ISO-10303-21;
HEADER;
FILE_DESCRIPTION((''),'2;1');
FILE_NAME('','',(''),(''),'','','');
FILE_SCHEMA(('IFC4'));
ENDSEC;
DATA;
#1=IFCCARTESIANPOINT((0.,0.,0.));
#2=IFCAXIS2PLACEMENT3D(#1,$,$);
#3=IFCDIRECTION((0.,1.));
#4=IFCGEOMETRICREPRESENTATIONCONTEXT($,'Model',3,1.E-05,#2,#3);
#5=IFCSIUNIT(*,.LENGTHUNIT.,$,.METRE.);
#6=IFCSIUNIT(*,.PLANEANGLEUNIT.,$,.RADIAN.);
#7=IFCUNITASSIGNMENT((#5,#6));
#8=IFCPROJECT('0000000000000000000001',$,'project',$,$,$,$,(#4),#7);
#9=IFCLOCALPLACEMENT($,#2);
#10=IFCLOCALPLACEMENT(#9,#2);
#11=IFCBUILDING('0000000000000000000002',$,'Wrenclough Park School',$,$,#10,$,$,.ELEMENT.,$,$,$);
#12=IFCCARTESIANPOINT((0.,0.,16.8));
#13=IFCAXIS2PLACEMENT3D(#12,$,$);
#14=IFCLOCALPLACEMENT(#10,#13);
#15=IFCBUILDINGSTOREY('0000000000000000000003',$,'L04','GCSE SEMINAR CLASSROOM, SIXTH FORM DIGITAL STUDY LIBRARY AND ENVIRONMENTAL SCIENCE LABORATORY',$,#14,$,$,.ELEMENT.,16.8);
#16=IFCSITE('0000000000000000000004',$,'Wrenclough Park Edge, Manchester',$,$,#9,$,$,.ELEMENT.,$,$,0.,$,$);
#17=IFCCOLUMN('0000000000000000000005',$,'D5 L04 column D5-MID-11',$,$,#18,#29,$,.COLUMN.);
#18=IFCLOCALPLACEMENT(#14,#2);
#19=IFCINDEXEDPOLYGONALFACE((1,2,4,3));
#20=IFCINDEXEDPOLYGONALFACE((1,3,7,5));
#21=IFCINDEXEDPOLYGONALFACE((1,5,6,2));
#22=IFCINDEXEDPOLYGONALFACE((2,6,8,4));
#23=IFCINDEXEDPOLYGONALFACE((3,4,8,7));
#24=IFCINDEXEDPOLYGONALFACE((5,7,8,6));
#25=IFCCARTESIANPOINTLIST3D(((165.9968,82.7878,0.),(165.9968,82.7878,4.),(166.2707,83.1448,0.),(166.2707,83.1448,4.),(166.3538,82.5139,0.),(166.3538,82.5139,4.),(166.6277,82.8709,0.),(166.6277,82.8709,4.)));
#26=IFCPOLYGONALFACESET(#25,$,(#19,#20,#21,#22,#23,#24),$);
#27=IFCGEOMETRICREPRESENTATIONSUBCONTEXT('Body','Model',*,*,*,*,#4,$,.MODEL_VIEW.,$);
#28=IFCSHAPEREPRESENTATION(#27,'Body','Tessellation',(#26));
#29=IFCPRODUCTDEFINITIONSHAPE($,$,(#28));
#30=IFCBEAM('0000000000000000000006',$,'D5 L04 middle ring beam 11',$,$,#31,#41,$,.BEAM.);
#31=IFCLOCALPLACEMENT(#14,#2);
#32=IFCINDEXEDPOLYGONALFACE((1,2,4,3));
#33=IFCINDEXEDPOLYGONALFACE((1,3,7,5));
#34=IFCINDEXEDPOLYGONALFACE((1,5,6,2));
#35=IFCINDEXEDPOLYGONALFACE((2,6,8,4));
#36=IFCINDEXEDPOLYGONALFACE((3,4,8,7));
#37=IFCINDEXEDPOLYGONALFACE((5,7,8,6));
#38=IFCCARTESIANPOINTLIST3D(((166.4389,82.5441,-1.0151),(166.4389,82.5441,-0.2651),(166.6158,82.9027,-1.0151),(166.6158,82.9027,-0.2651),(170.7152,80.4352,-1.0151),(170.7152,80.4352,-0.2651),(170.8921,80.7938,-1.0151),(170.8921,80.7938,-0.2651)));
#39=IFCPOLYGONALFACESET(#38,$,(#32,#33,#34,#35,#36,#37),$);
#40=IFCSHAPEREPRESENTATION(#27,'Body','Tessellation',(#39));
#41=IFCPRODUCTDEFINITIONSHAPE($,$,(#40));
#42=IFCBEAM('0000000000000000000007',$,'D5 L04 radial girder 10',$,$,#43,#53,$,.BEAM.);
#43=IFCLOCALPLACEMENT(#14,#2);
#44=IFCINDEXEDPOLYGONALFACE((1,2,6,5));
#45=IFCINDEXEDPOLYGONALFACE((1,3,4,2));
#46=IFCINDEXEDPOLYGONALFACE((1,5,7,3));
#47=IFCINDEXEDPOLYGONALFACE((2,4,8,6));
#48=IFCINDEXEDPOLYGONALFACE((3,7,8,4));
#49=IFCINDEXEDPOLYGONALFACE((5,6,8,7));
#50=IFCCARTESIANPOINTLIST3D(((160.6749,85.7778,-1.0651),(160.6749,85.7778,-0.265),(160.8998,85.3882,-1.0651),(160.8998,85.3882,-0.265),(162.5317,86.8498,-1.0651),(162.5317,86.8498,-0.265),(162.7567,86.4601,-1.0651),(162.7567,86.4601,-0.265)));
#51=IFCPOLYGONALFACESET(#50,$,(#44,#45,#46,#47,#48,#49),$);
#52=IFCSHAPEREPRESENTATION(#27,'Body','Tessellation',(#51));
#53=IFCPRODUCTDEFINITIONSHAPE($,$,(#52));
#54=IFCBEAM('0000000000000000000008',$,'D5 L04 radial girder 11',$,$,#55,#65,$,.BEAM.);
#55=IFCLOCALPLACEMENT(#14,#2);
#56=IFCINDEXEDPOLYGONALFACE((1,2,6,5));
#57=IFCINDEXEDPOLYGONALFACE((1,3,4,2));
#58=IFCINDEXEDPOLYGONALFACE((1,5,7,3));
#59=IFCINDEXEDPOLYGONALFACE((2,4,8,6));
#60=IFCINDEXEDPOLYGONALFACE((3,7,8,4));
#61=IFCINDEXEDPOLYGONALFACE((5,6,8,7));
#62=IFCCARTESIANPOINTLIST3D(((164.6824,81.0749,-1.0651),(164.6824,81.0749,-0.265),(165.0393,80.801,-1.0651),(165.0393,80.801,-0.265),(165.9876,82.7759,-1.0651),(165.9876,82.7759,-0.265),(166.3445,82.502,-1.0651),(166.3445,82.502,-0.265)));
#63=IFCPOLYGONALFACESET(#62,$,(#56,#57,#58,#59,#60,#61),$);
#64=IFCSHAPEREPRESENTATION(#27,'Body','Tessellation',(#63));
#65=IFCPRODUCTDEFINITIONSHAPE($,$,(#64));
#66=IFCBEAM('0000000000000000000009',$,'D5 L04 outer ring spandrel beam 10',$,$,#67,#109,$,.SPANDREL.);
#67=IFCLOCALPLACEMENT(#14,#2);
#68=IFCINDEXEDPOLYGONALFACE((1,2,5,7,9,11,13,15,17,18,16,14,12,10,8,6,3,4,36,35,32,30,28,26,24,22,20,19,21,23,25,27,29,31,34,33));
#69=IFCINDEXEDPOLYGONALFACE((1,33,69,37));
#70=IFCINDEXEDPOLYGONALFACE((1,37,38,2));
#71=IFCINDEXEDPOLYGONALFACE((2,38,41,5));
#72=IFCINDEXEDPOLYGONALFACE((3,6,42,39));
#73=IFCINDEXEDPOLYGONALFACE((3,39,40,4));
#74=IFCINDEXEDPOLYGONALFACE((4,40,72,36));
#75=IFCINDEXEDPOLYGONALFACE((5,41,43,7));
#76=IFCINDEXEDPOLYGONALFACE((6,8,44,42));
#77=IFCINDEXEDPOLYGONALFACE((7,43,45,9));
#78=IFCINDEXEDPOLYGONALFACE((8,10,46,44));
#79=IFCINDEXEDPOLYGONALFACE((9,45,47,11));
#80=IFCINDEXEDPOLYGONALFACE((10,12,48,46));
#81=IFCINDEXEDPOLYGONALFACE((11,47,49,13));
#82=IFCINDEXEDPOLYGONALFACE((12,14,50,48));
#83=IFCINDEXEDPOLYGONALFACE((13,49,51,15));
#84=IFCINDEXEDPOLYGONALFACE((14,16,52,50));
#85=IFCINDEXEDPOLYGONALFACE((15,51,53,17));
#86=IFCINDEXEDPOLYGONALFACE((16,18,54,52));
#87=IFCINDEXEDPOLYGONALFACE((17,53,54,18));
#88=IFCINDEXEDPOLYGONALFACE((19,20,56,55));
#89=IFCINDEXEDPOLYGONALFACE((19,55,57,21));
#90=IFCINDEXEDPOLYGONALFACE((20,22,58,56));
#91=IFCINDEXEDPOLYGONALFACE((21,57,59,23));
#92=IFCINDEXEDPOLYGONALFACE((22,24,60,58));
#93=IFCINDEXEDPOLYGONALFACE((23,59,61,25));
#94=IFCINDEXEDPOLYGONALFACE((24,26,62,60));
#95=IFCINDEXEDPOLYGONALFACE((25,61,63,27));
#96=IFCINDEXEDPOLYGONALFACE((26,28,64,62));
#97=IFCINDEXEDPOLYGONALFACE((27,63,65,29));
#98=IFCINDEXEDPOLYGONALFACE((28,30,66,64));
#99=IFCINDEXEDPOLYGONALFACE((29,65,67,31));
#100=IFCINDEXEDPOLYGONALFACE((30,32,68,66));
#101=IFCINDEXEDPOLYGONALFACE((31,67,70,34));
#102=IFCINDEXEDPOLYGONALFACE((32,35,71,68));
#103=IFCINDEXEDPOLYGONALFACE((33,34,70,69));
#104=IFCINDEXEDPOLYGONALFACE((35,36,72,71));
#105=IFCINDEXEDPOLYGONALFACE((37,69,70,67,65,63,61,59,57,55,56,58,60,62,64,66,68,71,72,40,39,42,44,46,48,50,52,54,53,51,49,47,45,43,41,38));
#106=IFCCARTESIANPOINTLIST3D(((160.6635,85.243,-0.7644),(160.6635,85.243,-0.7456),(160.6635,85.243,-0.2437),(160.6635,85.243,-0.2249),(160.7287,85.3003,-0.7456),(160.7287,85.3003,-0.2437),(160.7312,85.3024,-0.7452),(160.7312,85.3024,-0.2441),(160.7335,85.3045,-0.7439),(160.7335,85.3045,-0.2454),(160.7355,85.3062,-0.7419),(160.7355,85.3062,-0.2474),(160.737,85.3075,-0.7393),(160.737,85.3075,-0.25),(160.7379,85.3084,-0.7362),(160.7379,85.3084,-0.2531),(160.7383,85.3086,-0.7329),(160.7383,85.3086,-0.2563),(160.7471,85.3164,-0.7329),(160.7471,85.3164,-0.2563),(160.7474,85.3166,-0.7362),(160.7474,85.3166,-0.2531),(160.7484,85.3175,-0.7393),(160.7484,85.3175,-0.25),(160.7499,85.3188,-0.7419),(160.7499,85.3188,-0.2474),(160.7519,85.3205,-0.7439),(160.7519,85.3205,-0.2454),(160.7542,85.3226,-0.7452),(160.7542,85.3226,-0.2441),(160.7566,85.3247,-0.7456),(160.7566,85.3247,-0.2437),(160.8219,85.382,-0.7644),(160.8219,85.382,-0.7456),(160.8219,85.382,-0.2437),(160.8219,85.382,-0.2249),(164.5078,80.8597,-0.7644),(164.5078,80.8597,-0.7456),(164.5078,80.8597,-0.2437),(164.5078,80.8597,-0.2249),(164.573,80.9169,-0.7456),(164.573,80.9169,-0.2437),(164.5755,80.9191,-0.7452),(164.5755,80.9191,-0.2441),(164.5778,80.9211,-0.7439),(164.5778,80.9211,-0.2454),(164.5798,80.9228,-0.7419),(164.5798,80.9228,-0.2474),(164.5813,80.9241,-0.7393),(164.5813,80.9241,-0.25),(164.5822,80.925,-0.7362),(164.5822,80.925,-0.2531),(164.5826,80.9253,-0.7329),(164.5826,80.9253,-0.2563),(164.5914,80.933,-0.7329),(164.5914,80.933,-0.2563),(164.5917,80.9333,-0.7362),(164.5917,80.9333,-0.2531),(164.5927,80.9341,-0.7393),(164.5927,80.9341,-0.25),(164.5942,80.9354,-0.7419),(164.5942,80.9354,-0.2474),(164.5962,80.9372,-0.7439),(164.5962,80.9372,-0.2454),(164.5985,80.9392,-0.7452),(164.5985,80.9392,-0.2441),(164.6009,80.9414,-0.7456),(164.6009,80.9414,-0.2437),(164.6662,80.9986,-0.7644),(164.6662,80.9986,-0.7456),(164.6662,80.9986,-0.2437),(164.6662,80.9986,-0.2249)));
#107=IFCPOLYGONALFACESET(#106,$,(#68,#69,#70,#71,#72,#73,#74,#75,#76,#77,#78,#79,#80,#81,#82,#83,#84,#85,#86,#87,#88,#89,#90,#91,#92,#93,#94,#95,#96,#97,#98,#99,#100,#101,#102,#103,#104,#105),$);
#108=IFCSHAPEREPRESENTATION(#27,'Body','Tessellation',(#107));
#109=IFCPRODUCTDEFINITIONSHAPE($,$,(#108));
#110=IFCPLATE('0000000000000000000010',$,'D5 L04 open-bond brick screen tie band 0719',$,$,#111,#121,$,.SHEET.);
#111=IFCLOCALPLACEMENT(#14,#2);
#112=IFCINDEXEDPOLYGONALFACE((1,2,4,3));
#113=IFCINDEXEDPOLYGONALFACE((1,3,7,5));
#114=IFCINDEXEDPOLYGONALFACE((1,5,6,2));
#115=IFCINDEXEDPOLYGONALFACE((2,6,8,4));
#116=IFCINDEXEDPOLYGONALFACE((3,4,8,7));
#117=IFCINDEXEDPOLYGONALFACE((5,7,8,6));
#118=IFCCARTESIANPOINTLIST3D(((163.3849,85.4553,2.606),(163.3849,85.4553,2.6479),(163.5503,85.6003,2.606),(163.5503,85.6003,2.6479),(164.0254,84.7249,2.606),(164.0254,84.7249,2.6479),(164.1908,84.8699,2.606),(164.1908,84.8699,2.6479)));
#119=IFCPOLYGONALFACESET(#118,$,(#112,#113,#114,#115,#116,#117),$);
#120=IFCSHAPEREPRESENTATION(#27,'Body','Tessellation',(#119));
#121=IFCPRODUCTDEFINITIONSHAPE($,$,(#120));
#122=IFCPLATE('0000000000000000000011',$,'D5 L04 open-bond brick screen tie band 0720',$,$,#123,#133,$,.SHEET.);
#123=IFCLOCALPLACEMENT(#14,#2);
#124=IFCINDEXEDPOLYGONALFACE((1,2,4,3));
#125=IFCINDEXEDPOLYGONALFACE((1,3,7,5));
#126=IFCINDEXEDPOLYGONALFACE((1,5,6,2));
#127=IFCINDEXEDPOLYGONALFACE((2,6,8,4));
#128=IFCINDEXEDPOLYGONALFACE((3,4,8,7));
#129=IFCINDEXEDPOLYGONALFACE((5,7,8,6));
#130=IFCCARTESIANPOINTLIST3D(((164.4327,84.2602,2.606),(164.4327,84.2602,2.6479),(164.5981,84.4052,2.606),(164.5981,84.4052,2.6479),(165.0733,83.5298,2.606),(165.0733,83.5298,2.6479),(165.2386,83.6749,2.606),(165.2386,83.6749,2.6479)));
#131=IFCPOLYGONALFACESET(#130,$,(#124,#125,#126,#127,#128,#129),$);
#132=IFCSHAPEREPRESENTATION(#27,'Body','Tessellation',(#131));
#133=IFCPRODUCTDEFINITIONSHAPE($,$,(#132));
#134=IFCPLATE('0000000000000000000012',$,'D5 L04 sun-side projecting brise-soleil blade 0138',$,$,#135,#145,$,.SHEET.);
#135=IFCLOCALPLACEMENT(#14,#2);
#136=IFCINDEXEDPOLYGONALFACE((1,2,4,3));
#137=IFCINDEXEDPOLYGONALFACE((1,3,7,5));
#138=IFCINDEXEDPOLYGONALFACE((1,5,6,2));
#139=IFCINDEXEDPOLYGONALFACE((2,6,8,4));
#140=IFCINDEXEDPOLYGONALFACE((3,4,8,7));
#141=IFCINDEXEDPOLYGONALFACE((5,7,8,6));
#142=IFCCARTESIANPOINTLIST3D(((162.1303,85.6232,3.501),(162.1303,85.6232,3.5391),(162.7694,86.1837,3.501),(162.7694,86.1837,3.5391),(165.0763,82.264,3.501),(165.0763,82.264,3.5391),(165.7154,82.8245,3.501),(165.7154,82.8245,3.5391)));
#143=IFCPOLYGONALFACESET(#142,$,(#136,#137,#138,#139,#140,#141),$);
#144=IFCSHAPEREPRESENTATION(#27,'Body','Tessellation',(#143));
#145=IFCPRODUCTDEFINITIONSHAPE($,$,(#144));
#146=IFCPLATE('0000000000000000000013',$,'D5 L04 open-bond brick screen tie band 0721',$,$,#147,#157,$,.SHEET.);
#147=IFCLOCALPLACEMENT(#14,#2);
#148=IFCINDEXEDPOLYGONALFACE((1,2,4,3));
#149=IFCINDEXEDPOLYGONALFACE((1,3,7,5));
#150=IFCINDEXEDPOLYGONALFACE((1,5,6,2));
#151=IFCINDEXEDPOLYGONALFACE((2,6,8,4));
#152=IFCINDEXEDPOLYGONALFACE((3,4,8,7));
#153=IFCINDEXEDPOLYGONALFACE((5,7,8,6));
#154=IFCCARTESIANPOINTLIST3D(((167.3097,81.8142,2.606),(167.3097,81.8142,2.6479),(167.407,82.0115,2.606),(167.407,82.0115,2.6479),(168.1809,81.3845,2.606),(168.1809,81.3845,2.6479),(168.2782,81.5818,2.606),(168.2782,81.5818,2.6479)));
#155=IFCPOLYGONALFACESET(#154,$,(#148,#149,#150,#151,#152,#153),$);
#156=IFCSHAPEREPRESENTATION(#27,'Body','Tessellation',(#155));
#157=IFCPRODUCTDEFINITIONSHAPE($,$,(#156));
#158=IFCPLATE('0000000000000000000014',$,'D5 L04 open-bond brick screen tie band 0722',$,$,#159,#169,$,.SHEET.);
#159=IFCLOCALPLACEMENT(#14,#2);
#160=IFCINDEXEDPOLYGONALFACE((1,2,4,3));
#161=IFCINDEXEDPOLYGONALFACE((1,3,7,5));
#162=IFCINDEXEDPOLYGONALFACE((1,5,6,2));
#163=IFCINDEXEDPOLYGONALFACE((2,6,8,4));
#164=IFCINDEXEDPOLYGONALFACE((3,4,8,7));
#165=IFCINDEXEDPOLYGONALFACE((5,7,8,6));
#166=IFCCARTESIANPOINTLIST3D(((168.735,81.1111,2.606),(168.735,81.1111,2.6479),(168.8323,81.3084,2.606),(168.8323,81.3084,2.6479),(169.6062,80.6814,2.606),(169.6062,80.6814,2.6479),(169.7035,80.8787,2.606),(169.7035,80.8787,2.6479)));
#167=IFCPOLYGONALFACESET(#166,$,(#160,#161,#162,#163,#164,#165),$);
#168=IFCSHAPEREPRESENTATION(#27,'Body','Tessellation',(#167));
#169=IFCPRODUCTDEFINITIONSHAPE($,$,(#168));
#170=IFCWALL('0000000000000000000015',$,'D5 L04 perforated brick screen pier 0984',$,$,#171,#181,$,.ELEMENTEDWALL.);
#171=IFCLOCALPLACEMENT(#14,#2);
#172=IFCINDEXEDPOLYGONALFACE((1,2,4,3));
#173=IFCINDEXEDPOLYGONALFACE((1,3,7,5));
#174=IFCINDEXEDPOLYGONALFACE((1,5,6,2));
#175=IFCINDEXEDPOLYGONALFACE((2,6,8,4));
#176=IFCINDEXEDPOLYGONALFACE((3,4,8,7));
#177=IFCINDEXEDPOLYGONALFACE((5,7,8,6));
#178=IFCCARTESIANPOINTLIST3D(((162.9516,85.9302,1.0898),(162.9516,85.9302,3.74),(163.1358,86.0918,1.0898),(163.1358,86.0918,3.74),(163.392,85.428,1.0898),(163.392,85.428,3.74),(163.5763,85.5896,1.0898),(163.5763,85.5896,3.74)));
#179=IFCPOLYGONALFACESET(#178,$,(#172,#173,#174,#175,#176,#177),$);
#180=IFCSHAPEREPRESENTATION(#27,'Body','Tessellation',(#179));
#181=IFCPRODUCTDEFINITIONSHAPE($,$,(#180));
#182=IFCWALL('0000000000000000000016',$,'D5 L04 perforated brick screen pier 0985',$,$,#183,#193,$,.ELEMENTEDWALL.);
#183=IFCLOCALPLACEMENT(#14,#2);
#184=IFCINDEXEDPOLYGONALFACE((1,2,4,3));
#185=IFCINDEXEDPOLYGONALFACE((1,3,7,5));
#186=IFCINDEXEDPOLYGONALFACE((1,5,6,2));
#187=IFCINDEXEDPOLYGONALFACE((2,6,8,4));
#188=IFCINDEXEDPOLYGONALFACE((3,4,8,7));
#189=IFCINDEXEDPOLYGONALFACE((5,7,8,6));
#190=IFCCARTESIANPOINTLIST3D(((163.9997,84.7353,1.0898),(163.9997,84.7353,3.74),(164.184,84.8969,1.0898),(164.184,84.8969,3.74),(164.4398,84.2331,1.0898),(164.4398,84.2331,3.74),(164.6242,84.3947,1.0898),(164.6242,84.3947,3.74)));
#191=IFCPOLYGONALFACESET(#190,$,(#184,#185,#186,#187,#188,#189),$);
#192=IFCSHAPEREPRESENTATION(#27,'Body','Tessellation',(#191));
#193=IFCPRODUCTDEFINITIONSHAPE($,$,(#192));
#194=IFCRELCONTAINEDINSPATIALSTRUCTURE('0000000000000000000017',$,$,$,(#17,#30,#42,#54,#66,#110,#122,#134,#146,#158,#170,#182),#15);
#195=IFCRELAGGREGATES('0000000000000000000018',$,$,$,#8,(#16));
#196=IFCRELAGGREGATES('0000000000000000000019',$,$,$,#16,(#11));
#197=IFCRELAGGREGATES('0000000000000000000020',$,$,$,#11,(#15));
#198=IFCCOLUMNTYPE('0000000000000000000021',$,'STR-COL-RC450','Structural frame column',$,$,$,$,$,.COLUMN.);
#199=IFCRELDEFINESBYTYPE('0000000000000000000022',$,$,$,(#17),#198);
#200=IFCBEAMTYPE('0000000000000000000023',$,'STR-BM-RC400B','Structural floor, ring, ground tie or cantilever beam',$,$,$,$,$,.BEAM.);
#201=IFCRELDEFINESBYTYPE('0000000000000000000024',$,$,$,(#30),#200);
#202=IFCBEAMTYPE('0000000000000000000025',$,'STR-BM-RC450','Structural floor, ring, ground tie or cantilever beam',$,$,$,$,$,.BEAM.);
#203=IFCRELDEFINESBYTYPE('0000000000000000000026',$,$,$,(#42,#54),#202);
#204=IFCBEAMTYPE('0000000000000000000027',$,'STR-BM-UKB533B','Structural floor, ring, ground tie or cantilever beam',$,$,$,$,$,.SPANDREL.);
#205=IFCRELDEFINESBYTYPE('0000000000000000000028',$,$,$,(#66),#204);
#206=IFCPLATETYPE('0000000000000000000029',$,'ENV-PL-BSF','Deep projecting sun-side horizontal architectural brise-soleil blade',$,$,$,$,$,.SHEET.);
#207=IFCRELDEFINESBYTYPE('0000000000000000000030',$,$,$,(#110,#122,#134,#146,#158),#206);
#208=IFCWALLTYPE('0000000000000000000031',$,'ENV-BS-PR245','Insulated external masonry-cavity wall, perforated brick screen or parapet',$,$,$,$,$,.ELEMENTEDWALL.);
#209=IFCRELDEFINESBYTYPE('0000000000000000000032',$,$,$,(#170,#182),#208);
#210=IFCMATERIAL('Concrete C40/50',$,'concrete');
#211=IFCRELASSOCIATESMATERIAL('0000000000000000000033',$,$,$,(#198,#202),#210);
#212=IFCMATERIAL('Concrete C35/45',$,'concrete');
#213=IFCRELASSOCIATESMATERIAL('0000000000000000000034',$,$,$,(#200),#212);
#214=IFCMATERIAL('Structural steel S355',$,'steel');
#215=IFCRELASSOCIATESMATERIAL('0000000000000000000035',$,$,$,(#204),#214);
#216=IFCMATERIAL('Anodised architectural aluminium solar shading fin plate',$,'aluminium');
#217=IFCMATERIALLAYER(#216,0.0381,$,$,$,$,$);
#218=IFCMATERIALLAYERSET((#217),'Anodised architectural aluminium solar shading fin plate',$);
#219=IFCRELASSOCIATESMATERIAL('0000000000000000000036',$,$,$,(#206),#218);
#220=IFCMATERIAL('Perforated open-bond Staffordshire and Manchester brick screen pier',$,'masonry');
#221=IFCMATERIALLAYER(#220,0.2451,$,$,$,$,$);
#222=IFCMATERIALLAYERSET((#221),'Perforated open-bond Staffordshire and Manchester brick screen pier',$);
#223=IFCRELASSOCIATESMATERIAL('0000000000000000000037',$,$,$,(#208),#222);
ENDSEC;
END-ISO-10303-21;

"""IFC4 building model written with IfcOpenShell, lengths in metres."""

from ifc_helpers import new_model, si_unit, direction, frame, frame_2d, origin, origin_2d, place, context, subcontext, project, spatial, rectangle, i_section, extrude, material, layer, layer_set, material_profile, profile_set, type_object, element, save


model = new_model("IFC4")

# Units and contexts
model_context = context("Model", 3, precision=1e-05, world=origin(), true_north=direction((0.0, 1.0)))
body_context = subcontext(model_context, "Body", "Model", "MODEL_VIEW")
ifc_project = project(units=[si_unit("LENGTHUNIT", "METRE"), si_unit("PLANEANGLEUNIT", "RADIAN")], contexts=[model_context])

# Site, building, storey
site_placement = place(None, origin())
site = spatial("IfcSite", under=ifc_project, at=site_placement, Name="Wrenclough Park Edge, Manchester", CompositionType="ELEMENT", RefElevation=0.0)
building_placement = place(site_placement, origin())
building = spatial("IfcBuilding", under=site, at=building_placement, Name="Wrenclough Park School", CompositionType="ELEMENT")
storey_placement = place(building_placement, frame((0.0, 0.0, 16.8)))
storey = spatial("IfcBuildingStorey", under=building, at=storey_placement, Name="L04", Description="GCSE SEMINAR CLASSROOM, SIXTH FORM DIGITAL STUDY LIBRARY AND ENVIRONMENTAL SCIENCE LABORATORY", CompositionType="ELEMENT", Elevation=16.8)

# Column
ifc_material_1 = material(Name="Concrete C40/50", Category="concrete")
ifc_material_profile_1 = material_profile(ifc_material_1, rectangle(XDim=0.45, YDim=0.45, at=origin_2d()), Name="RC COL 450x450")
ifc_profile_set_1 = profile_set([ifc_material_profile_1], Name="Concrete C40/50")
column_type = type_object("IfcColumnType", Name="STR-COL-RC450", Description="Structural frame column", PredefinedType="COLUMN", material=ifc_profile_set_1)
column_placement = place(storey_placement, frame((166.3123, 82.8293, 0.0), z_axis=(0.0, 0.0, 1.0), x_axis=(0.793353, -0.608761, 0.0)))
element("IfcColumn", 1, at=column_placement, inside=storey, type_object=column_type, Name="D5 L04 column D5-MID-11", PredefinedType="COLUMN", context=body_context, shape_type="SweptSolid", body=[
    extrude(rectangle(XDim=0.45, YDim=0.45, at=origin_2d()), origin(), (0.0, 0.0, 1.0), 4.0),
])

# Beams
ifc_material_2 = material(Name="Concrete C35/45", Category="concrete")
ifc_material_profile_2 = material_profile(ifc_material_2, rectangle(XDim=0.3999, YDim=0.75, at=origin_2d()), Name="RC BEAM 400x750")
ifc_profile_set_2 = profile_set([ifc_material_profile_2], Name="Concrete C35/45")
beam_type_1 = type_object("IfcBeamType", Name="STR-BM-RC400B", Description="Structural floor, ring, ground tie or cantilever beam", PredefinedType="BEAM", material=ifc_profile_set_2)
beam_1_placement = place(storey_placement, frame((166.5273, 82.7234, -0.6401), z_axis=(0.896871, -0.442291, 0.0), x_axis=(0.442291, 0.896871, 0.0)))
element("IfcBeam", 2, at=beam_1_placement, inside=storey, type_object=beam_type_1, Name="D5 L04 middle ring beam 11", PredefinedType="BEAM", context=body_context, shape_type="SweptSolid", body=[
    extrude(rectangle(XDim=0.3999, YDim=0.75, at=origin_2d()), origin(), (0.0, 0.0, 1.0), 4.7681),
])
ifc_material_profile_3 = material_profile(ifc_material_1, rectangle(XDim=0.45, YDim=0.8, at=origin_2d()), Name="RC BEAM 450x800")
ifc_profile_set_3 = profile_set([ifc_material_profile_3], Name="Concrete C40/50")
beam_type_2 = type_object("IfcBeamType", Name="STR-BM-RC450", Description="Structural floor, ring, ground tie or cantilever beam", PredefinedType="BEAM", material=ifc_profile_set_3)
for number, where, z_axis, x_axis, name in (
    (3, (160.7874, 85.583, -0.665), (0.866041, 0.499972, 0.0), (-0.499972, 0.866041, 0.0), "D5 L04 radial girder 10"),
    (4, (164.8608, 80.938, -0.665), (0.608764, 0.793352, 0.0), (-0.793352, 0.608764, 0.0), "D5 L04 radial girder 11"),
):
    element("IfcBeam", number, at=place(storey_placement, frame(where, z_axis=z_axis, x_axis=x_axis)), inside=storey, type_object=beam_type_2, Name=name, PredefinedType="BEAM", context=body_context, shape_type="SweptSolid", body=[
        extrude(rectangle(XDim=0.45, YDim=0.8, at=origin_2d()), origin(), (0.0, 0.0, 1.0), 2.144),
    ])
ifc_material_3 = material(Name="Structural steel S355", Category="steel")
ifc_material_profile_4 = material_profile(ifc_material_3, i_section(OverallWidth=0.2107, OverallDepth=0.5396, WebThickness=0.0117, FlangeThickness=0.0188, FilletRadius=0.0127, at=origin_2d()), Name="UKB 533x210x109")
ifc_profile_set_4 = profile_set([ifc_material_profile_4], Name="Structural steel S355")
beam_type_3 = type_object("IfcBeamType", Name="STR-BM-UKB533B", Description="Structural floor, ring, ground tie or cantilever beam", PredefinedType="SPANDREL", material=ifc_profile_set_4)
beam_2_placement = place(storey_placement, frame((160.7427, 85.3125, -0.4946), z_axis=(0.659364, -0.751824, 0.0), x_axis=(0.751824, 0.659364, 0.0)))
element("IfcBeam", 5, at=beam_2_placement, inside=storey, type_object=beam_type_3, Name="D5 L04 outer ring spandrel beam 10", PredefinedType="SPANDREL", context=body_context, shape_type="SweptSolid", body=[
    extrude(i_section(OverallWidth=0.2107, OverallDepth=0.5396, WebThickness=0.0117, FlangeThickness=0.0188, FilletRadius=0.0127, at=origin_2d()), origin(), (0.0, 0.0, 1.0), 5.8303),
])

# Plates
ifc_material_4 = material(Name="Anodised architectural aluminium solar shading fin plate", Category="aluminium")
ifc_layer_1 = layer(ifc_material_4, 0.0381)
ifc_layer_set_1 = layer_set([ifc_layer_1], Name="Anodised architectural aluminium solar shading fin plate")
plate_type = type_object("IfcPlateType", Name="ENV-PL-BSF", Description="Deep projecting sun-side horizontal architectural brise-soleil blade", PredefinedType="SHEET", material=ifc_layer_set_1)
for number, where, z_axis, x_axis, name in (
    (6, (163.7878, 85.1626, 2.606), (0.0, 0.0, 1.0), (0.659348, -0.751838, 0.0), "D5 L04 open-bond brick screen tie band 0719"),
    (7, (164.8357, 83.9675, 2.606), (0.0, 0.0, 1.0), (0.659348, -0.751838, 0.0), "D5 L04 open-bond brick screen tie band 0720"),
):
    element("IfcPlate", number, at=place(storey_placement, frame(where, z_axis=z_axis, x_axis=x_axis)), inside=storey, type_object=plate_type, Name=name, PredefinedType="SHEET", context=body_context, shape_type="SweptSolid", body=[
        extrude(rectangle(XDim=0.9714, YDim=0.22, at=origin_2d()), origin(), (0.0, 0.0, 1.0), 0.042),
    ])
plate_placement = place(storey_placement, frame((163.9229, 84.2239, 3.501), z_axis=(0.0, 0.0, 1.0), x_axis=(0.659348, -0.751838, 0.0)))
element("IfcPlate", 8, at=plate_placement, inside=storey, type_object=plate_type, Name="D5 L04 sun-side projecting brise-soleil blade 0138", PredefinedType="SHEET", context=body_context, shape_type="SweptSolid", body=[
    extrude(rectangle(XDim=4.468, YDim=0.8501, at=origin_2d()), origin(), (0.0, 0.0, 1.0), 0.0381),
])
for number, where, z_axis, x_axis, name in (
    (9, (167.7939, 81.698, 2.606), (0.0, 0.0, 1.0), (0.896859, -0.442316, 0.0), "D5 L04 open-bond brick screen tie band 0721"),
    (10, (169.2192, 80.9949, 2.606), (0.0, 0.0, 1.0), (0.896859, -0.442316, 0.0), "D5 L04 open-bond brick screen tie band 0722"),
):
    element("IfcPlate", number, at=place(storey_placement, frame(where, z_axis=z_axis, x_axis=x_axis)), inside=storey, type_object=plate_type, Name=name, PredefinedType="SHEET", context=body_context, shape_type="SweptSolid", body=[
        extrude(rectangle(XDim=0.9714, YDim=0.22, at=origin_2d()), origin(), (0.0, 0.0, 1.0), 0.042),
    ])

# Walls
ifc_material_5 = material(Name="Perforated open-bond Staffordshire and Manchester brick screen pier", Category="masonry")
ifc_layer_2 = layer(ifc_material_5, 0.2451)
ifc_layer_set_2 = layer_set([ifc_layer_2], Name="Perforated open-bond Staffordshire and Manchester brick screen pier")
wall_type_1 = type_object("IfcWallType", Name="ENV-BS-PR245", Description="Insulated external masonry-cavity wall, perforated brick screen or parapet", PredefinedType="ELEMENTEDWALL", material=ifc_layer_set_2)
wall_1_placement = place(storey_placement, frame((163.0437, 86.011, 1.0898), z_axis=(0.0, 0.0, 1.0), x_axis=(0.659358, -0.751829, 0.0)))
element("IfcWall", 11, at=wall_1_placement, inside=storey, type_object=wall_type_1, Name="D5 L04 perforated brick screen pier 0984", PredefinedType="ELEMENTEDWALL", context=body_context, shape_type="SweptSolid", body=[
    extrude(rectangle(XDim=0.668, YDim=0.2451, at=frame_2d((0.334, 0.0))), origin(), (0.0, 0.0, 1.0), 2.6501),
])
wall_2_placement = place(storey_placement, frame((164.0918, 84.8162, 1.0898), z_axis=(0.0, 0.0, 1.0), x_axis=(0.659151, -0.75201, 0.0)))
element("IfcWall", 12, at=wall_2_placement, inside=storey, type_object=wall_type_1, Name="D5 L04 perforated brick screen pier 0985", PredefinedType="ELEMENTEDWALL", context=body_context, shape_type="SweptSolid", body=[
    extrude(rectangle(XDim=0.6677, YDim=0.2451, at=frame_2d((0.334, 0.0))), origin(), (0.0, 0.0, 1.0), 2.6501),
])

save(model, "model.ifc")
